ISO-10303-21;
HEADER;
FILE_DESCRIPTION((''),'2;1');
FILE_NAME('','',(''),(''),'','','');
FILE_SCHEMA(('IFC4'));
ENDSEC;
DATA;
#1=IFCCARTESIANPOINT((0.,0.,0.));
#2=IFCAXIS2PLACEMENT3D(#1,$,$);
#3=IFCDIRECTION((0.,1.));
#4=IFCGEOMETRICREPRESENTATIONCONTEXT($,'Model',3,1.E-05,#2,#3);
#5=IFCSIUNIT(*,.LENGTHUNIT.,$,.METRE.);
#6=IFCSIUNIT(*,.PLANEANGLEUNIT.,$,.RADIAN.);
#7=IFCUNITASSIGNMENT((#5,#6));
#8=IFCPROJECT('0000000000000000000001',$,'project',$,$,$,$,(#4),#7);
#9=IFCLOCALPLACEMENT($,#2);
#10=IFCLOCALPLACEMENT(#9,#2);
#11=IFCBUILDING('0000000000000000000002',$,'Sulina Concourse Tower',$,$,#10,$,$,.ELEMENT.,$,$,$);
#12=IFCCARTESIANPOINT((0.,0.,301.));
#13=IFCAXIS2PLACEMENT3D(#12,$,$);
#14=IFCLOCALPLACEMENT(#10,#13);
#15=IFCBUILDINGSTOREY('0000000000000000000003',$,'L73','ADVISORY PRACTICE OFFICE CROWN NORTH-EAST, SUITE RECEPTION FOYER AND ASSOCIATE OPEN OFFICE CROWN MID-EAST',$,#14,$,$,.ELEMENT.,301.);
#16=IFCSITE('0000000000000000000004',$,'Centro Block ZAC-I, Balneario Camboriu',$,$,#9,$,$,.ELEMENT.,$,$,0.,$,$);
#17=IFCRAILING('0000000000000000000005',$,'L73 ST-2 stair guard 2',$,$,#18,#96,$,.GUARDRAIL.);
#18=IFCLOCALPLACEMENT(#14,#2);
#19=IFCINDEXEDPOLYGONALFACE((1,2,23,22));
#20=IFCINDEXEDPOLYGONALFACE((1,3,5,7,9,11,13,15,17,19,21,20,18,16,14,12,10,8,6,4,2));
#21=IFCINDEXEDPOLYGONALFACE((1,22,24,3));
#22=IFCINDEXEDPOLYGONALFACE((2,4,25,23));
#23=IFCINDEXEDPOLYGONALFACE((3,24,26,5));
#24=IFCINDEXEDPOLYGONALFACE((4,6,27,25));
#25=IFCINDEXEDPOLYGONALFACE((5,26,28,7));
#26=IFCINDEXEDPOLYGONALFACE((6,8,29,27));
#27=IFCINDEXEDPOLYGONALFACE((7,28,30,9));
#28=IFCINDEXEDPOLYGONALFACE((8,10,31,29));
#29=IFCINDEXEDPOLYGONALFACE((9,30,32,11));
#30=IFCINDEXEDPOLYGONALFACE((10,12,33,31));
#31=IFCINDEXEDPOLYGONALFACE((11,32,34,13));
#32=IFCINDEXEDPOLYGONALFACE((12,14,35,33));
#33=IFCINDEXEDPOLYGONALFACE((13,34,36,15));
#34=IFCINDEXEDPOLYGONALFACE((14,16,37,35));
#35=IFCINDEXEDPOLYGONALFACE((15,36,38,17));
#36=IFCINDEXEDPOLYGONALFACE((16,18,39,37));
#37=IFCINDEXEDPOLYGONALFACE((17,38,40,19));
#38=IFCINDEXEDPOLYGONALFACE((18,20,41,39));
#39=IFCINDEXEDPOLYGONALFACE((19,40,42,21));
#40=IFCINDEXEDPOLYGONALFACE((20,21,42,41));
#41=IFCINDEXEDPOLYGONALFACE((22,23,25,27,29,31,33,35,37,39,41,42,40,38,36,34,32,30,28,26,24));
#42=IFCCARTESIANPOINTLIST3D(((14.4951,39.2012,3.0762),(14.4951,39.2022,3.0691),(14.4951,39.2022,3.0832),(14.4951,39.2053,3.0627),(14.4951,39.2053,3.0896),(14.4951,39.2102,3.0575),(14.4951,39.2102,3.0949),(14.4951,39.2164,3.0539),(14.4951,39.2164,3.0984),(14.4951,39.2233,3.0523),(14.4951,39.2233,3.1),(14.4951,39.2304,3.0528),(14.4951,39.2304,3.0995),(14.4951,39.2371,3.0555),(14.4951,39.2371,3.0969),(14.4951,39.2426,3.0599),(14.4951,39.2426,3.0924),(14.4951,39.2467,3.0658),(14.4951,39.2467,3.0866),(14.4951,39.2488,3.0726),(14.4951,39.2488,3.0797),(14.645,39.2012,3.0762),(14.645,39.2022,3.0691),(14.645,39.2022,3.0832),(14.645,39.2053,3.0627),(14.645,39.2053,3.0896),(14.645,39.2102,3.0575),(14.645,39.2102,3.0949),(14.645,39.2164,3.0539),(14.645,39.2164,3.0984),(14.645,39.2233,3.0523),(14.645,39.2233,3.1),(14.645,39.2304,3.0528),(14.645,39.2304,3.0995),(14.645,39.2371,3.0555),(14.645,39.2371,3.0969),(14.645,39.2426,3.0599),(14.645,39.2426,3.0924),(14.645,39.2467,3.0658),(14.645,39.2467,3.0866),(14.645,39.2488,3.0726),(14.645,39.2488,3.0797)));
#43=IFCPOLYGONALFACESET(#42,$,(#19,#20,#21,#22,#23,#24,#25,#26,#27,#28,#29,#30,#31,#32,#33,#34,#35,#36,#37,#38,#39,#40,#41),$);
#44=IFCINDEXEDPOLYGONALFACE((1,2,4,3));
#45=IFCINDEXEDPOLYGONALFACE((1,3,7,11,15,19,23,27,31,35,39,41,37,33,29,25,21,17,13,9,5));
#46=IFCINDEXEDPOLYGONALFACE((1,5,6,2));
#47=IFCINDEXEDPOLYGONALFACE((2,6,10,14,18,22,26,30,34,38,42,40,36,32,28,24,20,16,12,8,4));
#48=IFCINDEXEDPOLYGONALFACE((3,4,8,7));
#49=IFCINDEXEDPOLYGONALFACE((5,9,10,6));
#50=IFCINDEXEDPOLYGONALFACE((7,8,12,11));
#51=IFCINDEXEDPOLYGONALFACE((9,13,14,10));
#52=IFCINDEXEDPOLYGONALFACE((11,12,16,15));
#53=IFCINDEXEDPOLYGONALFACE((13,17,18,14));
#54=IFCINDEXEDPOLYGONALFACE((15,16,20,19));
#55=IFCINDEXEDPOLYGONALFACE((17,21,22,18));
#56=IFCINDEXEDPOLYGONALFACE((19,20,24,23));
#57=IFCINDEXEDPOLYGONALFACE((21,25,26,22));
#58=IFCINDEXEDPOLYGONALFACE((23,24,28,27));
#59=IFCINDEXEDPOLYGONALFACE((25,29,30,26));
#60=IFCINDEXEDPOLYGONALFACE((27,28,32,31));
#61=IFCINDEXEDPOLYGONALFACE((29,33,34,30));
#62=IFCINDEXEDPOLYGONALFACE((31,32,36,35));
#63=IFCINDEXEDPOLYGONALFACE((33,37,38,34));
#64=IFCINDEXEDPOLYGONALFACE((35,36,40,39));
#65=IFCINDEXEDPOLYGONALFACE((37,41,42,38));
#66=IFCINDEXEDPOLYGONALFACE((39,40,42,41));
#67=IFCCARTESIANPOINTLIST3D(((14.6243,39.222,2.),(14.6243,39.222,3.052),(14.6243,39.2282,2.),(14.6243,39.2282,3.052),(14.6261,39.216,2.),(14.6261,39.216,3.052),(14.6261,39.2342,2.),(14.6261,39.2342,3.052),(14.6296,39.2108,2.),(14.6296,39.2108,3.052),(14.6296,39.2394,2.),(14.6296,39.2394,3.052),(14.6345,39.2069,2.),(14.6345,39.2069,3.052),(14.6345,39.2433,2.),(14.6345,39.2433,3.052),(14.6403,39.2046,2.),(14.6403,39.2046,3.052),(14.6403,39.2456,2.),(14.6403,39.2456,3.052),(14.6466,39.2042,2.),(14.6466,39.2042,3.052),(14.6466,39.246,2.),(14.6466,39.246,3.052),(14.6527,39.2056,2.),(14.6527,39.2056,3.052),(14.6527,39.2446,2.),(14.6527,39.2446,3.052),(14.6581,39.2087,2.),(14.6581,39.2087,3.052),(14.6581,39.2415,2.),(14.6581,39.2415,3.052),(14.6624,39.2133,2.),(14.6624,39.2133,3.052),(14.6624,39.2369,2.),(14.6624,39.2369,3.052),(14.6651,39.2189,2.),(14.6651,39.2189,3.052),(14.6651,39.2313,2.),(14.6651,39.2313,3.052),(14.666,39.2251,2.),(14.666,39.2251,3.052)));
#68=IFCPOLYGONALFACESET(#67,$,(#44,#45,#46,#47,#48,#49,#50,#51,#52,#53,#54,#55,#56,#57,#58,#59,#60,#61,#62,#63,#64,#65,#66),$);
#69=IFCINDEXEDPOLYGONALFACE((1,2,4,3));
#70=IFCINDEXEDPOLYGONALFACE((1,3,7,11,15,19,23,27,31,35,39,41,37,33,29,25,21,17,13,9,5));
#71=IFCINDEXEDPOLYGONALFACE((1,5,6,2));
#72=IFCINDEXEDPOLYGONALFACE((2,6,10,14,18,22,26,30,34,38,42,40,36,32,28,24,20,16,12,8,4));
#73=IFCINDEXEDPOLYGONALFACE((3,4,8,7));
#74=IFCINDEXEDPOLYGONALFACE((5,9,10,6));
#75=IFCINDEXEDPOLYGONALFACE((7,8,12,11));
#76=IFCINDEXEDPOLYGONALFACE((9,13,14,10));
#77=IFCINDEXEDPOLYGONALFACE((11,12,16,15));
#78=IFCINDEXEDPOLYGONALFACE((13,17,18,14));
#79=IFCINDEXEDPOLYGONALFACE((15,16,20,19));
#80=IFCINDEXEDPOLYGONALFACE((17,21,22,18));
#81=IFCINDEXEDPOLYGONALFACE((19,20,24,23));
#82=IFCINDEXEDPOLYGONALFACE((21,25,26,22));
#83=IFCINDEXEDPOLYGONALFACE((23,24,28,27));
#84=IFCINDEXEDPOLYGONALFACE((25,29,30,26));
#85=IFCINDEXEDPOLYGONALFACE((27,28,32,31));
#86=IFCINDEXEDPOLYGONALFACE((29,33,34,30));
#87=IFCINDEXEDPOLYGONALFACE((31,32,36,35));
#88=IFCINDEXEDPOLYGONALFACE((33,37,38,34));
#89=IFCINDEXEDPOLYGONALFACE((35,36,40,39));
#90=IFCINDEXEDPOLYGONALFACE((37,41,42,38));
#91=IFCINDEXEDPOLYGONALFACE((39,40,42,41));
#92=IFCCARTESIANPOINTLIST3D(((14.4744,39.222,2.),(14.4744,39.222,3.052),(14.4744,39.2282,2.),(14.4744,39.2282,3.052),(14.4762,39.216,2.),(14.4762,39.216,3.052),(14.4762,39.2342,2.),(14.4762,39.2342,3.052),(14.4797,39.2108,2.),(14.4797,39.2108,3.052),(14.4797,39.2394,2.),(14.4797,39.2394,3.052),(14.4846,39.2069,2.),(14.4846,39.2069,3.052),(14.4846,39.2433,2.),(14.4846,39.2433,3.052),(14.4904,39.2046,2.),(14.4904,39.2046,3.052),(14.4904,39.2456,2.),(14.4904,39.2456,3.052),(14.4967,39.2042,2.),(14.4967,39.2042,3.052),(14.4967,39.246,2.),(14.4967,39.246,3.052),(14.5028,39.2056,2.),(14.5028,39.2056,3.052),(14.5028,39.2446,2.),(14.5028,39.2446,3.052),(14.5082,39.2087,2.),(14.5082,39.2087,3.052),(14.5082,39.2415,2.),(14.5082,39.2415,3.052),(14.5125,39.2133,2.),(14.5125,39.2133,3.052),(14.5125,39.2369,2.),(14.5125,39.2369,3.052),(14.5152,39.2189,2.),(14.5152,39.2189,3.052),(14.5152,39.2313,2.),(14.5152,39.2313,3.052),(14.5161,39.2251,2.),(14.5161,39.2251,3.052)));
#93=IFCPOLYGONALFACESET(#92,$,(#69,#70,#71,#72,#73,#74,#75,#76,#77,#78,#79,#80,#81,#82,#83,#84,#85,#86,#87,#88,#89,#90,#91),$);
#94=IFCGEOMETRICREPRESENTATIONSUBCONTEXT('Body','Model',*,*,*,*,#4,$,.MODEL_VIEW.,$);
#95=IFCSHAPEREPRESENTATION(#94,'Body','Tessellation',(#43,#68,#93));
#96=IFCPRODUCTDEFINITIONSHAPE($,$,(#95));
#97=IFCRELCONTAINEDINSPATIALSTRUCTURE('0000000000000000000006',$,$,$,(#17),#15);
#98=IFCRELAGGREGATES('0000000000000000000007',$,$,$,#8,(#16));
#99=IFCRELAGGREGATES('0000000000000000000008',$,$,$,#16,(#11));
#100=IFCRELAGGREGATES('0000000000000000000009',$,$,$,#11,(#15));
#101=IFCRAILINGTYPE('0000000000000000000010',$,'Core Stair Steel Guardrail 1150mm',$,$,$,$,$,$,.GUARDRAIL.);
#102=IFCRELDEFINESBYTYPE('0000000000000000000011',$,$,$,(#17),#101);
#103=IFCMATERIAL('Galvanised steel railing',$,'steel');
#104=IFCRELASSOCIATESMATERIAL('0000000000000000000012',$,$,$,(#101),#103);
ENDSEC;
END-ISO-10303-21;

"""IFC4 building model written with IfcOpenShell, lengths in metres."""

from ifc_helpers import new_model, si_unit, direction, frame, origin, origin_2d, place, context, subcontext, project, spatial, circle, extrude, material, type_object, element, save


model = new_model("IFC4")

# Units and contexts
model_context = context("Model", 3, precision=1e-05, world=origin(), true_north=direction((0.0, 1.0)))
body_context = subcontext(model_context, "Body", "Model", "MODEL_VIEW")
ifc_project = project(units=[si_unit("LENGTHUNIT", "METRE"), si_unit("PLANEANGLEUNIT", "RADIAN")], contexts=[model_context])

# Site, building, storey
site_placement = place(None, origin())
site = spatial("IfcSite", under=ifc_project, at=site_placement, Name="Centro Block ZAC-I, Balneario Camboriu", CompositionType="ELEMENT", RefElevation=0.0)
building_placement = place(site_placement, origin())
building = spatial("IfcBuilding", under=site, at=building_placement, Name="Sulina Concourse Tower", CompositionType="ELEMENT")
storey_placement = place(building_placement, frame((0.0, 0.0, 301.0)))
storey = spatial("IfcBuildingStorey", under=building, at=storey_placement, Name="L73", Description="ADVISORY PRACTICE OFFICE CROWN NORTH-EAST, SUITE RECEPTION FOYER AND ASSOCIATE OPEN OFFICE CROWN MID-EAST", CompositionType="ELEMENT", Elevation=301.0)

# Railing
ifc_material_1 = material(Name="Galvanised steel railing", Category="steel")
railing_type_1 = type_object("IfcRailingType", Name="Core Stair Steel Guardrail 1150mm", PredefinedType="GUARDRAIL", material=ifc_material_1)
railing_1_placement = place(storey_placement, frame((14.645, 39.2251, 2.0)))
element("IfcRailing", 1, at=railing_1_placement, inside=storey, type_object=railing_type_1, Name="L73 ST-2 stair guard 2", PredefinedType="GUARDRAIL", context=body_context, shape_type="SweptSolid", body=[
    extrude(circle(Radius=0.0239, at=origin_2d()), frame((0.0, 0.0, 1.0762), z_axis=(-1.0, 0.0, 0.0), x_axis=(0.0, -1.0, 0.0)), (0.0, 0.0, 1.0), 0.1499),
    extrude(circle(Radius=0.021, at=origin_2d()), origin(), (0.0, 0.0, 1.0), 1.052),
    extrude(circle(Radius=0.021, at=origin_2d()), frame((-0.1499, 0.0, 0.0)), (0.0, 0.0, 1.0), 1.052),
])

save(model, "model.ifc")
